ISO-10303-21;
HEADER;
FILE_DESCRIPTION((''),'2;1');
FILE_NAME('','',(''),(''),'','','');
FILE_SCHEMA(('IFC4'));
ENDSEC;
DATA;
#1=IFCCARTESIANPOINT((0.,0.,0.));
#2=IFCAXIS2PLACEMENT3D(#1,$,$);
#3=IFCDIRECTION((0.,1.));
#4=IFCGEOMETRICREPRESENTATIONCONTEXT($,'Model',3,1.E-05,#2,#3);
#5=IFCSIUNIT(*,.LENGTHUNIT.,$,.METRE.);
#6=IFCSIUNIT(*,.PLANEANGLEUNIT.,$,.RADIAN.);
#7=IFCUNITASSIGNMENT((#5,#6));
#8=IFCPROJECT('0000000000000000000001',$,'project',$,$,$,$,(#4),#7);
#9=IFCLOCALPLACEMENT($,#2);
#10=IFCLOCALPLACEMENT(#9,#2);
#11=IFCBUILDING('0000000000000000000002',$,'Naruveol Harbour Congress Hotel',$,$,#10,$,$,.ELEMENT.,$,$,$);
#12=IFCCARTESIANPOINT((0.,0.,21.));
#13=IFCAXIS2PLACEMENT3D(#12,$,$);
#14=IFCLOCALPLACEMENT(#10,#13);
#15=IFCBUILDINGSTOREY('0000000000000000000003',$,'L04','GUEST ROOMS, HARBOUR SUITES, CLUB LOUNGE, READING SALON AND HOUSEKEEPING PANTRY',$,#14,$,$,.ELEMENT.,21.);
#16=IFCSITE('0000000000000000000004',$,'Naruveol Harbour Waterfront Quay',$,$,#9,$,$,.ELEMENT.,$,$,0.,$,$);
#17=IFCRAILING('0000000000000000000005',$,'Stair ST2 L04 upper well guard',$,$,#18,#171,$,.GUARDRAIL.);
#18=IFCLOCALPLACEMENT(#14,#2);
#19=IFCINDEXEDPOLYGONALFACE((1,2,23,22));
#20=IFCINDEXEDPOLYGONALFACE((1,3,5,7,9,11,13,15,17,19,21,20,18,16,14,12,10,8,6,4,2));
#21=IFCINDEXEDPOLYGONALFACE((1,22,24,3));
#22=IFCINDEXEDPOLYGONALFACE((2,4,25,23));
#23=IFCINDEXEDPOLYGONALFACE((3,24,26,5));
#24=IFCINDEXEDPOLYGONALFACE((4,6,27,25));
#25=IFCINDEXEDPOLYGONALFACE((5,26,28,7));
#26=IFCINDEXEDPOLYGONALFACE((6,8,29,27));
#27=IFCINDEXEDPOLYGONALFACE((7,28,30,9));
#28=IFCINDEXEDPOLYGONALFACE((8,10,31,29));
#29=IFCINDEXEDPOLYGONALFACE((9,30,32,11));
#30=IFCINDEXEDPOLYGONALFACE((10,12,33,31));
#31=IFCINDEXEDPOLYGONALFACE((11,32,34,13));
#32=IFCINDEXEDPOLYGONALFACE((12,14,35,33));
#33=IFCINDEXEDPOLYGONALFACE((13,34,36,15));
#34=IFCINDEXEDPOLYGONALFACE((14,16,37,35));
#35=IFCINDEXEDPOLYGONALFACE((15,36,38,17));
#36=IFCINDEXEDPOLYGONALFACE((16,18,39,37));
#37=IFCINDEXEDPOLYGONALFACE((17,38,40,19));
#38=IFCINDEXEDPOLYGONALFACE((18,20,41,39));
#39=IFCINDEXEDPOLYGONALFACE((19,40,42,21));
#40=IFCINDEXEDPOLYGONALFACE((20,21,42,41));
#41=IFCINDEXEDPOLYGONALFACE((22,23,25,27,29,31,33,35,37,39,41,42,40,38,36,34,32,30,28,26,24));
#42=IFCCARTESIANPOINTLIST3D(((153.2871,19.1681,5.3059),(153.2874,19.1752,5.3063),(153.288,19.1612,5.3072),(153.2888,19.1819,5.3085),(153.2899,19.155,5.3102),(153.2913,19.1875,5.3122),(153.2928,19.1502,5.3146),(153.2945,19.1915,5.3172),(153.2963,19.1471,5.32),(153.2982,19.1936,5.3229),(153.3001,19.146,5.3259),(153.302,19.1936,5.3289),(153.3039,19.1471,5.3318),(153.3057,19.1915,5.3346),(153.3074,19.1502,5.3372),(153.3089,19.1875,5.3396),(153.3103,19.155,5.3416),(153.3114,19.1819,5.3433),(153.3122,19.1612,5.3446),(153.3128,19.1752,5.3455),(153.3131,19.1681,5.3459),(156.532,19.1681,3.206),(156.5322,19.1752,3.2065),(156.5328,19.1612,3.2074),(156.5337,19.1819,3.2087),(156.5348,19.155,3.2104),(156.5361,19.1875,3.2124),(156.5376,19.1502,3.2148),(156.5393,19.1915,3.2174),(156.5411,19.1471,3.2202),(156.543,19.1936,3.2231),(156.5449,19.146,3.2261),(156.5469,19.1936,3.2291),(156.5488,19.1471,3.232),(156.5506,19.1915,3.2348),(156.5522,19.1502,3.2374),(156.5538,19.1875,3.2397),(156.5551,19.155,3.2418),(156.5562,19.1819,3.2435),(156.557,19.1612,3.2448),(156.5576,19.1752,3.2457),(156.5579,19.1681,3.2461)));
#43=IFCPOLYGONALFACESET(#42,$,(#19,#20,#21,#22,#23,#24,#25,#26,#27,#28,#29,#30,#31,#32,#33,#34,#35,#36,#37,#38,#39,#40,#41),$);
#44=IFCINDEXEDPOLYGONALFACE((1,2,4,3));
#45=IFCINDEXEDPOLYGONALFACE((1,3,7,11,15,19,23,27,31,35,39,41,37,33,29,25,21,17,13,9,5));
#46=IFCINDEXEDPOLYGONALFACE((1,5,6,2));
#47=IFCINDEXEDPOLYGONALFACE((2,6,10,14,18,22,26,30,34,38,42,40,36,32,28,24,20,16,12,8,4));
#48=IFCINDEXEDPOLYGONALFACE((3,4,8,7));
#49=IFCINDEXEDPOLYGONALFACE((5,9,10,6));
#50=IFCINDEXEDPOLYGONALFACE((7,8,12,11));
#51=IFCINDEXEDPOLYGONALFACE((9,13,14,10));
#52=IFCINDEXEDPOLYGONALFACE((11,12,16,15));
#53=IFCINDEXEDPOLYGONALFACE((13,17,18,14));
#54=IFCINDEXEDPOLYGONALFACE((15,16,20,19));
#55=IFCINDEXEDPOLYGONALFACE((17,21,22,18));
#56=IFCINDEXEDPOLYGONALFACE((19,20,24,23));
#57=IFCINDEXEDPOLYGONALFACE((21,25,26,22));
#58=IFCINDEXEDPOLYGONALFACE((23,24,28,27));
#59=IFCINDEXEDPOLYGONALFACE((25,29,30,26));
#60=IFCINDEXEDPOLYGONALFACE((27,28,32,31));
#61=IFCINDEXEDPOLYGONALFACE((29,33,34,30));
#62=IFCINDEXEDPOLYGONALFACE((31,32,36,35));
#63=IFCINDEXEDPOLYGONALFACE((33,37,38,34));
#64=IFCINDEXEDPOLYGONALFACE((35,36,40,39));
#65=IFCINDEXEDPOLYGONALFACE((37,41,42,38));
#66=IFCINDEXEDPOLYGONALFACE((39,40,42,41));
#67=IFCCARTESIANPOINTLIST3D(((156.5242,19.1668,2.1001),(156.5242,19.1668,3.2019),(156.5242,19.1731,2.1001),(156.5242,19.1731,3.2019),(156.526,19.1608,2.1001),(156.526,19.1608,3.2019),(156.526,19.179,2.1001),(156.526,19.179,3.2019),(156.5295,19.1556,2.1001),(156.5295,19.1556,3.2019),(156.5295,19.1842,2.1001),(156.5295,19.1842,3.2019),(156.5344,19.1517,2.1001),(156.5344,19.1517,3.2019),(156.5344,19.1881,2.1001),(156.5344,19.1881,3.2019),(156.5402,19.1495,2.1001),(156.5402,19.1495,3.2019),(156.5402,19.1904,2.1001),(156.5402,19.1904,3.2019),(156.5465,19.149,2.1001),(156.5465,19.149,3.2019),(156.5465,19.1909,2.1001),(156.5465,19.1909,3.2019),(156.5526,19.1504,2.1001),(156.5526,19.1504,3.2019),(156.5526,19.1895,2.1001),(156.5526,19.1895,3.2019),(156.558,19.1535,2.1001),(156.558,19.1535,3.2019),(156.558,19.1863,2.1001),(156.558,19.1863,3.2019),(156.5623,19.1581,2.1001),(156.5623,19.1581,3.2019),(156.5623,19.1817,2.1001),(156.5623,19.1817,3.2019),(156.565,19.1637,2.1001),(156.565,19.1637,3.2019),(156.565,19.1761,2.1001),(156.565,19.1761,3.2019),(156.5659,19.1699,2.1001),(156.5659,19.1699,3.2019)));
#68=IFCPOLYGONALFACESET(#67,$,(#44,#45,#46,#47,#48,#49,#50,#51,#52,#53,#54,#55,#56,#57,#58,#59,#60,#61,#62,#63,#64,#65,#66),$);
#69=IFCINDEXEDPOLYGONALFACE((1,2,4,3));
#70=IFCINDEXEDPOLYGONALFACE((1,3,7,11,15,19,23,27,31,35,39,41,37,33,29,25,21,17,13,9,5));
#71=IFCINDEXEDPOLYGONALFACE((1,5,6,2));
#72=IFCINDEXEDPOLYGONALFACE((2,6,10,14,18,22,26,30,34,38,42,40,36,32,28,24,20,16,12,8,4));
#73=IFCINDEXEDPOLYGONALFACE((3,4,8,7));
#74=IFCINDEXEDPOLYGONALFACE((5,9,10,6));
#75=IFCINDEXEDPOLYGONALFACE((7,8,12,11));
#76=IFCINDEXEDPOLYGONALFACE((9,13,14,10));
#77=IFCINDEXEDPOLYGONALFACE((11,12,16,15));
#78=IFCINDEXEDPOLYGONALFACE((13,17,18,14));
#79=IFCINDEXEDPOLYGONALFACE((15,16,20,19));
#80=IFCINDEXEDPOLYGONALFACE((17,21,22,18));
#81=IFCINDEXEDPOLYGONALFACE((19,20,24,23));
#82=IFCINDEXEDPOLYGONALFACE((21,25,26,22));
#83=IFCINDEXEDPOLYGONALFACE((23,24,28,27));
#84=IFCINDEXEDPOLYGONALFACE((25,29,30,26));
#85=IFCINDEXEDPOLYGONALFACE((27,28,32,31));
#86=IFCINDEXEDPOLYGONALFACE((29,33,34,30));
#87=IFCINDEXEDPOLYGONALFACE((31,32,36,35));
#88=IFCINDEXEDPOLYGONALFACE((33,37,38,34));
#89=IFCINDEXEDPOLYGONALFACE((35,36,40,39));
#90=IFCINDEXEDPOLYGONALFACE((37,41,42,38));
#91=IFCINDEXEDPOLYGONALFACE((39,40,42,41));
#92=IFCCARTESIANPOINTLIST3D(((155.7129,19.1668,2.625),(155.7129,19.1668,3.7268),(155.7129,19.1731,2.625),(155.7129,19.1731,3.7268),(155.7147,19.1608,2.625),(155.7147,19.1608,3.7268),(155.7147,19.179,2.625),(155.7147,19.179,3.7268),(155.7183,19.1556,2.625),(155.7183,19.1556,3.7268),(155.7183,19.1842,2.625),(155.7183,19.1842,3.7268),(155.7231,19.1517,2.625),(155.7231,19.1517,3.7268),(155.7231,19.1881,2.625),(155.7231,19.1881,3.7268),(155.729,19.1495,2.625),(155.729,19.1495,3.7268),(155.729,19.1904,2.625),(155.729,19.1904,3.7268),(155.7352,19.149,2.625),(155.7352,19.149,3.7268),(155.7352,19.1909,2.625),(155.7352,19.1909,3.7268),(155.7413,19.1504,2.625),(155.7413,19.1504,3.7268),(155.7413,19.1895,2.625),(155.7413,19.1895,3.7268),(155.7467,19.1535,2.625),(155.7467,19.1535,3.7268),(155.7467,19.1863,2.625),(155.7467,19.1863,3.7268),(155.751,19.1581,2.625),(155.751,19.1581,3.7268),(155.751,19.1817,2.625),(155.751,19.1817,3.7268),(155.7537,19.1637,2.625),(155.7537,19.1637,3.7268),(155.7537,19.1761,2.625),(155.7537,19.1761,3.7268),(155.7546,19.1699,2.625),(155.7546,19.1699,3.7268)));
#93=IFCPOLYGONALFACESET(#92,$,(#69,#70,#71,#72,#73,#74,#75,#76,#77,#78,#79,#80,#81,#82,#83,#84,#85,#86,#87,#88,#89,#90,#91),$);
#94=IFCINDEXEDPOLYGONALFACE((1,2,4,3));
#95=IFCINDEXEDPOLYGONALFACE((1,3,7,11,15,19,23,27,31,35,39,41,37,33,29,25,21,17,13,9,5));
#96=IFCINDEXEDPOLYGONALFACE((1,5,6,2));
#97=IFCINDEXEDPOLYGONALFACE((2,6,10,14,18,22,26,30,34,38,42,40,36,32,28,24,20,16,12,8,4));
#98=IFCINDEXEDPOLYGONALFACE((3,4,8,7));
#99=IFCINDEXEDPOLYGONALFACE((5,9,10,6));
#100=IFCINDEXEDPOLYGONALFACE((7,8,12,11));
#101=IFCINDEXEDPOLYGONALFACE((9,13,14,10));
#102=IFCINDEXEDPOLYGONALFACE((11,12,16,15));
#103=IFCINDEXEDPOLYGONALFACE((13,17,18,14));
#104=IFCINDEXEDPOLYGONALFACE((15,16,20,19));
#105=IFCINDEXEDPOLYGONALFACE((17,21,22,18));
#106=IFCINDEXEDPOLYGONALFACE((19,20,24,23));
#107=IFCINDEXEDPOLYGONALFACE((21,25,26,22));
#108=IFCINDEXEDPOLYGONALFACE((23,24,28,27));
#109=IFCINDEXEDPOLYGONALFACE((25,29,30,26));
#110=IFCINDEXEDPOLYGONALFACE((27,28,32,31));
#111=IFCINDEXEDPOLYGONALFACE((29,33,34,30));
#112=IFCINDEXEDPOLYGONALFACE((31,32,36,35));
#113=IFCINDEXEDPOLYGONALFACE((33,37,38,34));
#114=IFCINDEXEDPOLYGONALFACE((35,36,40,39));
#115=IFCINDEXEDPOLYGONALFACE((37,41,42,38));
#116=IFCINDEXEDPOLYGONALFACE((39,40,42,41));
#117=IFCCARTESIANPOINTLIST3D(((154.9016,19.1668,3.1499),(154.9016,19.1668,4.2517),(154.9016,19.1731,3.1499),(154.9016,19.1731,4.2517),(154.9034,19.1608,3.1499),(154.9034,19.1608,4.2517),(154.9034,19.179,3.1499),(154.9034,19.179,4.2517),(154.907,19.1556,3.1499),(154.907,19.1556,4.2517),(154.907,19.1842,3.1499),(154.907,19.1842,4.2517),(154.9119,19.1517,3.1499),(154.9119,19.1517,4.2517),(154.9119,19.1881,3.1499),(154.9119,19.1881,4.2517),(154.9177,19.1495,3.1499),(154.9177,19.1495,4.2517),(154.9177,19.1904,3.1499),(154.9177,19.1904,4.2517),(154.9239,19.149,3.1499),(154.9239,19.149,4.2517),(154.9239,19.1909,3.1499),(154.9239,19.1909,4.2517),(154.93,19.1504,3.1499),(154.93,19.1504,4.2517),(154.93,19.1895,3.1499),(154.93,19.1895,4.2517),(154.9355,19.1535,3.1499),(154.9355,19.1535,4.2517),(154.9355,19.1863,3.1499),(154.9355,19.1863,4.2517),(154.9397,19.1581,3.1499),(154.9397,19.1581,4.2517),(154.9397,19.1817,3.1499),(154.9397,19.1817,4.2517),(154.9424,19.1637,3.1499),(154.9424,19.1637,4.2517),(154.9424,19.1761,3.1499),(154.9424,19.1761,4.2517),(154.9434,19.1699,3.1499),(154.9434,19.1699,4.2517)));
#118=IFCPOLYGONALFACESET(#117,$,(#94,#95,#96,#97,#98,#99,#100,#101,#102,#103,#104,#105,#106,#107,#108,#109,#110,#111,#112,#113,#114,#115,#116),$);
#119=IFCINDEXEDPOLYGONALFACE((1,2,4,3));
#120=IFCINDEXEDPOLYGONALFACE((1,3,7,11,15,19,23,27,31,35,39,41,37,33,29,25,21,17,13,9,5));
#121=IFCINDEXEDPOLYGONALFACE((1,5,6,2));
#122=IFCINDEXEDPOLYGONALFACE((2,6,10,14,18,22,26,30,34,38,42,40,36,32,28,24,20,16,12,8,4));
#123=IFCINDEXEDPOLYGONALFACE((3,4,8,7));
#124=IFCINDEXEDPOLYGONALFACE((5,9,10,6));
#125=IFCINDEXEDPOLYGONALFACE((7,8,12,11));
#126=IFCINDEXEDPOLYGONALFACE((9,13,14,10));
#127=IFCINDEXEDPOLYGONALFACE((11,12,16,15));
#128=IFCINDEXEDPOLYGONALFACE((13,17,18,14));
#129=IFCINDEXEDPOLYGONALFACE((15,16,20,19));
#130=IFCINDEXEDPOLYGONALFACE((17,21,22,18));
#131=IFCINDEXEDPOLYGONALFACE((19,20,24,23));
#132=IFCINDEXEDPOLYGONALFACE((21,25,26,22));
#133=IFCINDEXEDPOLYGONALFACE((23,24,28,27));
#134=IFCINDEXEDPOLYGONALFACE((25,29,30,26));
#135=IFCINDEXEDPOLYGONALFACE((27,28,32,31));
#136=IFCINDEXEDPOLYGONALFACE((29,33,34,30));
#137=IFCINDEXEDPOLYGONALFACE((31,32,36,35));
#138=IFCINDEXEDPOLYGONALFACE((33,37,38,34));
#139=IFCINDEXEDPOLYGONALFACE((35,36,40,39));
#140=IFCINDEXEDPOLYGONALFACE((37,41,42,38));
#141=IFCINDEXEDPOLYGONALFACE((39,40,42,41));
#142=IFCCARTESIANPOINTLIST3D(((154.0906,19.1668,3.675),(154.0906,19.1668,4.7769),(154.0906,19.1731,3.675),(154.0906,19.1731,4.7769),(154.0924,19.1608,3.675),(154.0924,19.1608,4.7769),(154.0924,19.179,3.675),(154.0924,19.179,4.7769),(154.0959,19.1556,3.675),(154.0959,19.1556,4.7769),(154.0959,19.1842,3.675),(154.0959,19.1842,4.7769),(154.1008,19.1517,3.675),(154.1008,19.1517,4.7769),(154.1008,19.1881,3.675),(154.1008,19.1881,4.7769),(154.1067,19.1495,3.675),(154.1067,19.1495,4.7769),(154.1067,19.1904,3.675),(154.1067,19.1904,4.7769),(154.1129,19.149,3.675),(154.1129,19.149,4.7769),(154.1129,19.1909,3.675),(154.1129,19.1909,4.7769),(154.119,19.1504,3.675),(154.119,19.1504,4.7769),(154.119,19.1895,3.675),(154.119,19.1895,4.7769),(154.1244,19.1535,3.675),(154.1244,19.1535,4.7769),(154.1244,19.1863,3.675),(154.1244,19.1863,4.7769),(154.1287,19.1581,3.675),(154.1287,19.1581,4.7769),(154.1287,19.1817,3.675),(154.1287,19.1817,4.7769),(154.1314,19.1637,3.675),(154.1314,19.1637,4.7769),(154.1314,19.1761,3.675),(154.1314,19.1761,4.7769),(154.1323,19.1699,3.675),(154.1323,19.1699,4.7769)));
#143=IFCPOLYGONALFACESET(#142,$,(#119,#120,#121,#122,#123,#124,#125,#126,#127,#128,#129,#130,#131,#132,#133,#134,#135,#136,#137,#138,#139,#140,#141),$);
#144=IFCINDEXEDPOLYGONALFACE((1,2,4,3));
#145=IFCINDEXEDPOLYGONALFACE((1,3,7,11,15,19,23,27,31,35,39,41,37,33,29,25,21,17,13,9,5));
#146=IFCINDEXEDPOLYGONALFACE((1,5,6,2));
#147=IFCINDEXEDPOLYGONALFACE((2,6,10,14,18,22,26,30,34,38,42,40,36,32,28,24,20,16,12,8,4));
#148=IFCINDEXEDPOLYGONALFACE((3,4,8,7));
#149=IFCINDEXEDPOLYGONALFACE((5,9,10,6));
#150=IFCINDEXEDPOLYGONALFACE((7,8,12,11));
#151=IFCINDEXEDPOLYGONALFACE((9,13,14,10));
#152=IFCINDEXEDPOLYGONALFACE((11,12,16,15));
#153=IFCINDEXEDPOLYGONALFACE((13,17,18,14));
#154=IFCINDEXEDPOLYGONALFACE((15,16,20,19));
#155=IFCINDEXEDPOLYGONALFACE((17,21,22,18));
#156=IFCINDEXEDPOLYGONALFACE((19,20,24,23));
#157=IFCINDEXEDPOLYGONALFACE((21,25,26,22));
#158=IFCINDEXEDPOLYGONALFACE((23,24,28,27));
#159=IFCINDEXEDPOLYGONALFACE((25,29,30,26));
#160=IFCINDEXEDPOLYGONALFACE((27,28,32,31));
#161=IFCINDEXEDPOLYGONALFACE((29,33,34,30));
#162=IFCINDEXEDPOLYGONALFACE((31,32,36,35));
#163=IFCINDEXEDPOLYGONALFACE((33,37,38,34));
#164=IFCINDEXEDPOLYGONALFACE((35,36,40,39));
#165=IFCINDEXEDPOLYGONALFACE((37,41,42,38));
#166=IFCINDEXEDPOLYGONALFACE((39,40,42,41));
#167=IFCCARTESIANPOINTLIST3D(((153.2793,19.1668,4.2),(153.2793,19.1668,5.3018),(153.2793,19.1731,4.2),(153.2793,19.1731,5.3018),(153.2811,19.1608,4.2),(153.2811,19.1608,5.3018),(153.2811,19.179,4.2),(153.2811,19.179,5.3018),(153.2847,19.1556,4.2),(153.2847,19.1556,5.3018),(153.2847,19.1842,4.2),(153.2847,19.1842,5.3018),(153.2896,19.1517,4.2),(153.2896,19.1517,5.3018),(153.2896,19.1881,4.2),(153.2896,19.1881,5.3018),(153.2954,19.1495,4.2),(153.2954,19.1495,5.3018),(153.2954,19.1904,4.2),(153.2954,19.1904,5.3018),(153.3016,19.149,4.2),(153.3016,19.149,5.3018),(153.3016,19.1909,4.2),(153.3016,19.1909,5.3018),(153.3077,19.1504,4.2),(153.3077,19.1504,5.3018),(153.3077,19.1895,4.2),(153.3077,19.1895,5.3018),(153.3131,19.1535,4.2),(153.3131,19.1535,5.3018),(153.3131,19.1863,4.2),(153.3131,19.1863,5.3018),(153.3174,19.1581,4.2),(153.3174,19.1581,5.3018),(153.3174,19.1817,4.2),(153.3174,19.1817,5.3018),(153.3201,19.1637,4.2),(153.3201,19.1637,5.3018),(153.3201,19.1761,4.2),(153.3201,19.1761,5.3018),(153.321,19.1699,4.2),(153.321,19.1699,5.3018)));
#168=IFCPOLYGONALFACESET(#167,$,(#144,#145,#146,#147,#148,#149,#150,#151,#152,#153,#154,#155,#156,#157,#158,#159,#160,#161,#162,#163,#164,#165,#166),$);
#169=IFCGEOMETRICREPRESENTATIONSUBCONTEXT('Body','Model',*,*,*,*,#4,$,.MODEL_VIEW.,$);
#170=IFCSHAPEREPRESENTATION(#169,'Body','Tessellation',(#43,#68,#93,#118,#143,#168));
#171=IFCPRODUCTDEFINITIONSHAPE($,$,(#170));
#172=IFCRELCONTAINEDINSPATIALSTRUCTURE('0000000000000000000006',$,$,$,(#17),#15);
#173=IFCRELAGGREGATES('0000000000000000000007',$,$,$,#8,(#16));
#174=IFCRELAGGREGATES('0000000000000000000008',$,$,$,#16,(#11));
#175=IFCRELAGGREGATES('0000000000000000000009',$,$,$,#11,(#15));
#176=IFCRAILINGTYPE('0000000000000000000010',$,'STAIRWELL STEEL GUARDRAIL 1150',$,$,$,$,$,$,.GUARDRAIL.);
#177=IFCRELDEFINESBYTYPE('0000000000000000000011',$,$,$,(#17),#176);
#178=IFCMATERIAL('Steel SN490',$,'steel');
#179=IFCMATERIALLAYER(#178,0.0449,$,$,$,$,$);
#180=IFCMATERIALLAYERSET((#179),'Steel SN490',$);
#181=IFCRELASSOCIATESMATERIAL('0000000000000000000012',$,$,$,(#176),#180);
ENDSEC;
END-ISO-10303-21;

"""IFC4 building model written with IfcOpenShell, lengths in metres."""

from ifc_helpers import new_model, si_unit, direction, frame, origin, origin_2d, place, context, subcontext, project, spatial, circle, extrude, material, layer, layer_set, type_object, element, save


model = new_model("IFC4")

# Units and contexts
model_context = context("Model", 3, precision=1e-05, world=origin(), true_north=direction((0.0, 1.0)))
body_context = subcontext(model_context, "Body", "Model", "MODEL_VIEW")
ifc_project = project(units=[si_unit("LENGTHUNIT", "METRE"), si_unit("PLANEANGLEUNIT", "RADIAN")], contexts=[model_context])

# Site, building, storey
site_placement = place(None, origin())
site = spatial("IfcSite", under=ifc_project, at=site_placement, Name="Naruveol Harbour Waterfront Quay", CompositionType="ELEMENT", RefElevation=0.0)
building_placement = place(site_placement, origin())
building = spatial("IfcBuilding", under=site, at=building_placement, Name="Naruveol Harbour Congress Hotel", CompositionType="ELEMENT")
storey_placement = place(building_placement, frame((0.0, 0.0, 21.0)))
storey = spatial("IfcBuildingStorey", under=building, at=storey_placement, Name="L04", Description="GUEST ROOMS, HARBOUR SUITES, CLUB LOUNGE, READING SALON AND HOUSEKEEPING PANTRY", CompositionType="ELEMENT", Elevation=21.0)

# Railing
ifc_material_1 = material(Name="Steel SN490", Category="steel")
ifc_layer_1 = layer(ifc_material_1, 0.0449)
ifc_layer_set_1 = layer_set([ifc_layer_1], Name="Steel SN490")
railing_type_1 = type_object("IfcRailingType", Name="STAIRWELL STEEL GUARDRAIL 1150", PredefinedType="GUARDRAIL", material=ifc_layer_set_1)
railing_1_placement = place(storey_placement, frame((156.5449, 19.1699, 2.1001)))
element("IfcRailing", 1, at=railing_1_placement, inside=storey, type_object=railing_type_1, Name="Stair ST2 L04 upper well guard", PredefinedType="GUARDRAIL", context=body_context, shape_type="SweptSolid", body=[
    extrude(circle(Radius=0.0239, at=origin_2d()), frame((0.0, 0.0, 1.126), z_axis=(-0.839543, 0.0, 0.543293), x_axis=(0.0, -1.0, 0.0)), (0.0, 0.0, 1.0), 3.865),
    extrude(circle(Radius=0.021, at=origin_2d()), origin(), (0.0, 0.0, 1.0), 1.1018),
    extrude(circle(Radius=0.021, at=origin_2d()), frame((-0.8113, 0.0, 0.5249)), (0.0, 0.0, 1.0), 1.1018),
    extrude(circle(Radius=0.021, at=origin_2d()), frame((-1.6226, 0.0, 1.0498)), (0.0, 0.0, 1.0), 1.1018),
    extrude(circle(Radius=0.021, at=origin_2d()), frame((-2.4336, 0.0, 1.575)), (0.0, 0.0, 1.0), 1.1018),
    extrude(circle(Radius=0.021, at=origin_2d()), frame((-3.2449, 0.0, 2.0999)), (0.0, 0.0, 1.0), 1.1018),
])

save(model, "model.ifc")
